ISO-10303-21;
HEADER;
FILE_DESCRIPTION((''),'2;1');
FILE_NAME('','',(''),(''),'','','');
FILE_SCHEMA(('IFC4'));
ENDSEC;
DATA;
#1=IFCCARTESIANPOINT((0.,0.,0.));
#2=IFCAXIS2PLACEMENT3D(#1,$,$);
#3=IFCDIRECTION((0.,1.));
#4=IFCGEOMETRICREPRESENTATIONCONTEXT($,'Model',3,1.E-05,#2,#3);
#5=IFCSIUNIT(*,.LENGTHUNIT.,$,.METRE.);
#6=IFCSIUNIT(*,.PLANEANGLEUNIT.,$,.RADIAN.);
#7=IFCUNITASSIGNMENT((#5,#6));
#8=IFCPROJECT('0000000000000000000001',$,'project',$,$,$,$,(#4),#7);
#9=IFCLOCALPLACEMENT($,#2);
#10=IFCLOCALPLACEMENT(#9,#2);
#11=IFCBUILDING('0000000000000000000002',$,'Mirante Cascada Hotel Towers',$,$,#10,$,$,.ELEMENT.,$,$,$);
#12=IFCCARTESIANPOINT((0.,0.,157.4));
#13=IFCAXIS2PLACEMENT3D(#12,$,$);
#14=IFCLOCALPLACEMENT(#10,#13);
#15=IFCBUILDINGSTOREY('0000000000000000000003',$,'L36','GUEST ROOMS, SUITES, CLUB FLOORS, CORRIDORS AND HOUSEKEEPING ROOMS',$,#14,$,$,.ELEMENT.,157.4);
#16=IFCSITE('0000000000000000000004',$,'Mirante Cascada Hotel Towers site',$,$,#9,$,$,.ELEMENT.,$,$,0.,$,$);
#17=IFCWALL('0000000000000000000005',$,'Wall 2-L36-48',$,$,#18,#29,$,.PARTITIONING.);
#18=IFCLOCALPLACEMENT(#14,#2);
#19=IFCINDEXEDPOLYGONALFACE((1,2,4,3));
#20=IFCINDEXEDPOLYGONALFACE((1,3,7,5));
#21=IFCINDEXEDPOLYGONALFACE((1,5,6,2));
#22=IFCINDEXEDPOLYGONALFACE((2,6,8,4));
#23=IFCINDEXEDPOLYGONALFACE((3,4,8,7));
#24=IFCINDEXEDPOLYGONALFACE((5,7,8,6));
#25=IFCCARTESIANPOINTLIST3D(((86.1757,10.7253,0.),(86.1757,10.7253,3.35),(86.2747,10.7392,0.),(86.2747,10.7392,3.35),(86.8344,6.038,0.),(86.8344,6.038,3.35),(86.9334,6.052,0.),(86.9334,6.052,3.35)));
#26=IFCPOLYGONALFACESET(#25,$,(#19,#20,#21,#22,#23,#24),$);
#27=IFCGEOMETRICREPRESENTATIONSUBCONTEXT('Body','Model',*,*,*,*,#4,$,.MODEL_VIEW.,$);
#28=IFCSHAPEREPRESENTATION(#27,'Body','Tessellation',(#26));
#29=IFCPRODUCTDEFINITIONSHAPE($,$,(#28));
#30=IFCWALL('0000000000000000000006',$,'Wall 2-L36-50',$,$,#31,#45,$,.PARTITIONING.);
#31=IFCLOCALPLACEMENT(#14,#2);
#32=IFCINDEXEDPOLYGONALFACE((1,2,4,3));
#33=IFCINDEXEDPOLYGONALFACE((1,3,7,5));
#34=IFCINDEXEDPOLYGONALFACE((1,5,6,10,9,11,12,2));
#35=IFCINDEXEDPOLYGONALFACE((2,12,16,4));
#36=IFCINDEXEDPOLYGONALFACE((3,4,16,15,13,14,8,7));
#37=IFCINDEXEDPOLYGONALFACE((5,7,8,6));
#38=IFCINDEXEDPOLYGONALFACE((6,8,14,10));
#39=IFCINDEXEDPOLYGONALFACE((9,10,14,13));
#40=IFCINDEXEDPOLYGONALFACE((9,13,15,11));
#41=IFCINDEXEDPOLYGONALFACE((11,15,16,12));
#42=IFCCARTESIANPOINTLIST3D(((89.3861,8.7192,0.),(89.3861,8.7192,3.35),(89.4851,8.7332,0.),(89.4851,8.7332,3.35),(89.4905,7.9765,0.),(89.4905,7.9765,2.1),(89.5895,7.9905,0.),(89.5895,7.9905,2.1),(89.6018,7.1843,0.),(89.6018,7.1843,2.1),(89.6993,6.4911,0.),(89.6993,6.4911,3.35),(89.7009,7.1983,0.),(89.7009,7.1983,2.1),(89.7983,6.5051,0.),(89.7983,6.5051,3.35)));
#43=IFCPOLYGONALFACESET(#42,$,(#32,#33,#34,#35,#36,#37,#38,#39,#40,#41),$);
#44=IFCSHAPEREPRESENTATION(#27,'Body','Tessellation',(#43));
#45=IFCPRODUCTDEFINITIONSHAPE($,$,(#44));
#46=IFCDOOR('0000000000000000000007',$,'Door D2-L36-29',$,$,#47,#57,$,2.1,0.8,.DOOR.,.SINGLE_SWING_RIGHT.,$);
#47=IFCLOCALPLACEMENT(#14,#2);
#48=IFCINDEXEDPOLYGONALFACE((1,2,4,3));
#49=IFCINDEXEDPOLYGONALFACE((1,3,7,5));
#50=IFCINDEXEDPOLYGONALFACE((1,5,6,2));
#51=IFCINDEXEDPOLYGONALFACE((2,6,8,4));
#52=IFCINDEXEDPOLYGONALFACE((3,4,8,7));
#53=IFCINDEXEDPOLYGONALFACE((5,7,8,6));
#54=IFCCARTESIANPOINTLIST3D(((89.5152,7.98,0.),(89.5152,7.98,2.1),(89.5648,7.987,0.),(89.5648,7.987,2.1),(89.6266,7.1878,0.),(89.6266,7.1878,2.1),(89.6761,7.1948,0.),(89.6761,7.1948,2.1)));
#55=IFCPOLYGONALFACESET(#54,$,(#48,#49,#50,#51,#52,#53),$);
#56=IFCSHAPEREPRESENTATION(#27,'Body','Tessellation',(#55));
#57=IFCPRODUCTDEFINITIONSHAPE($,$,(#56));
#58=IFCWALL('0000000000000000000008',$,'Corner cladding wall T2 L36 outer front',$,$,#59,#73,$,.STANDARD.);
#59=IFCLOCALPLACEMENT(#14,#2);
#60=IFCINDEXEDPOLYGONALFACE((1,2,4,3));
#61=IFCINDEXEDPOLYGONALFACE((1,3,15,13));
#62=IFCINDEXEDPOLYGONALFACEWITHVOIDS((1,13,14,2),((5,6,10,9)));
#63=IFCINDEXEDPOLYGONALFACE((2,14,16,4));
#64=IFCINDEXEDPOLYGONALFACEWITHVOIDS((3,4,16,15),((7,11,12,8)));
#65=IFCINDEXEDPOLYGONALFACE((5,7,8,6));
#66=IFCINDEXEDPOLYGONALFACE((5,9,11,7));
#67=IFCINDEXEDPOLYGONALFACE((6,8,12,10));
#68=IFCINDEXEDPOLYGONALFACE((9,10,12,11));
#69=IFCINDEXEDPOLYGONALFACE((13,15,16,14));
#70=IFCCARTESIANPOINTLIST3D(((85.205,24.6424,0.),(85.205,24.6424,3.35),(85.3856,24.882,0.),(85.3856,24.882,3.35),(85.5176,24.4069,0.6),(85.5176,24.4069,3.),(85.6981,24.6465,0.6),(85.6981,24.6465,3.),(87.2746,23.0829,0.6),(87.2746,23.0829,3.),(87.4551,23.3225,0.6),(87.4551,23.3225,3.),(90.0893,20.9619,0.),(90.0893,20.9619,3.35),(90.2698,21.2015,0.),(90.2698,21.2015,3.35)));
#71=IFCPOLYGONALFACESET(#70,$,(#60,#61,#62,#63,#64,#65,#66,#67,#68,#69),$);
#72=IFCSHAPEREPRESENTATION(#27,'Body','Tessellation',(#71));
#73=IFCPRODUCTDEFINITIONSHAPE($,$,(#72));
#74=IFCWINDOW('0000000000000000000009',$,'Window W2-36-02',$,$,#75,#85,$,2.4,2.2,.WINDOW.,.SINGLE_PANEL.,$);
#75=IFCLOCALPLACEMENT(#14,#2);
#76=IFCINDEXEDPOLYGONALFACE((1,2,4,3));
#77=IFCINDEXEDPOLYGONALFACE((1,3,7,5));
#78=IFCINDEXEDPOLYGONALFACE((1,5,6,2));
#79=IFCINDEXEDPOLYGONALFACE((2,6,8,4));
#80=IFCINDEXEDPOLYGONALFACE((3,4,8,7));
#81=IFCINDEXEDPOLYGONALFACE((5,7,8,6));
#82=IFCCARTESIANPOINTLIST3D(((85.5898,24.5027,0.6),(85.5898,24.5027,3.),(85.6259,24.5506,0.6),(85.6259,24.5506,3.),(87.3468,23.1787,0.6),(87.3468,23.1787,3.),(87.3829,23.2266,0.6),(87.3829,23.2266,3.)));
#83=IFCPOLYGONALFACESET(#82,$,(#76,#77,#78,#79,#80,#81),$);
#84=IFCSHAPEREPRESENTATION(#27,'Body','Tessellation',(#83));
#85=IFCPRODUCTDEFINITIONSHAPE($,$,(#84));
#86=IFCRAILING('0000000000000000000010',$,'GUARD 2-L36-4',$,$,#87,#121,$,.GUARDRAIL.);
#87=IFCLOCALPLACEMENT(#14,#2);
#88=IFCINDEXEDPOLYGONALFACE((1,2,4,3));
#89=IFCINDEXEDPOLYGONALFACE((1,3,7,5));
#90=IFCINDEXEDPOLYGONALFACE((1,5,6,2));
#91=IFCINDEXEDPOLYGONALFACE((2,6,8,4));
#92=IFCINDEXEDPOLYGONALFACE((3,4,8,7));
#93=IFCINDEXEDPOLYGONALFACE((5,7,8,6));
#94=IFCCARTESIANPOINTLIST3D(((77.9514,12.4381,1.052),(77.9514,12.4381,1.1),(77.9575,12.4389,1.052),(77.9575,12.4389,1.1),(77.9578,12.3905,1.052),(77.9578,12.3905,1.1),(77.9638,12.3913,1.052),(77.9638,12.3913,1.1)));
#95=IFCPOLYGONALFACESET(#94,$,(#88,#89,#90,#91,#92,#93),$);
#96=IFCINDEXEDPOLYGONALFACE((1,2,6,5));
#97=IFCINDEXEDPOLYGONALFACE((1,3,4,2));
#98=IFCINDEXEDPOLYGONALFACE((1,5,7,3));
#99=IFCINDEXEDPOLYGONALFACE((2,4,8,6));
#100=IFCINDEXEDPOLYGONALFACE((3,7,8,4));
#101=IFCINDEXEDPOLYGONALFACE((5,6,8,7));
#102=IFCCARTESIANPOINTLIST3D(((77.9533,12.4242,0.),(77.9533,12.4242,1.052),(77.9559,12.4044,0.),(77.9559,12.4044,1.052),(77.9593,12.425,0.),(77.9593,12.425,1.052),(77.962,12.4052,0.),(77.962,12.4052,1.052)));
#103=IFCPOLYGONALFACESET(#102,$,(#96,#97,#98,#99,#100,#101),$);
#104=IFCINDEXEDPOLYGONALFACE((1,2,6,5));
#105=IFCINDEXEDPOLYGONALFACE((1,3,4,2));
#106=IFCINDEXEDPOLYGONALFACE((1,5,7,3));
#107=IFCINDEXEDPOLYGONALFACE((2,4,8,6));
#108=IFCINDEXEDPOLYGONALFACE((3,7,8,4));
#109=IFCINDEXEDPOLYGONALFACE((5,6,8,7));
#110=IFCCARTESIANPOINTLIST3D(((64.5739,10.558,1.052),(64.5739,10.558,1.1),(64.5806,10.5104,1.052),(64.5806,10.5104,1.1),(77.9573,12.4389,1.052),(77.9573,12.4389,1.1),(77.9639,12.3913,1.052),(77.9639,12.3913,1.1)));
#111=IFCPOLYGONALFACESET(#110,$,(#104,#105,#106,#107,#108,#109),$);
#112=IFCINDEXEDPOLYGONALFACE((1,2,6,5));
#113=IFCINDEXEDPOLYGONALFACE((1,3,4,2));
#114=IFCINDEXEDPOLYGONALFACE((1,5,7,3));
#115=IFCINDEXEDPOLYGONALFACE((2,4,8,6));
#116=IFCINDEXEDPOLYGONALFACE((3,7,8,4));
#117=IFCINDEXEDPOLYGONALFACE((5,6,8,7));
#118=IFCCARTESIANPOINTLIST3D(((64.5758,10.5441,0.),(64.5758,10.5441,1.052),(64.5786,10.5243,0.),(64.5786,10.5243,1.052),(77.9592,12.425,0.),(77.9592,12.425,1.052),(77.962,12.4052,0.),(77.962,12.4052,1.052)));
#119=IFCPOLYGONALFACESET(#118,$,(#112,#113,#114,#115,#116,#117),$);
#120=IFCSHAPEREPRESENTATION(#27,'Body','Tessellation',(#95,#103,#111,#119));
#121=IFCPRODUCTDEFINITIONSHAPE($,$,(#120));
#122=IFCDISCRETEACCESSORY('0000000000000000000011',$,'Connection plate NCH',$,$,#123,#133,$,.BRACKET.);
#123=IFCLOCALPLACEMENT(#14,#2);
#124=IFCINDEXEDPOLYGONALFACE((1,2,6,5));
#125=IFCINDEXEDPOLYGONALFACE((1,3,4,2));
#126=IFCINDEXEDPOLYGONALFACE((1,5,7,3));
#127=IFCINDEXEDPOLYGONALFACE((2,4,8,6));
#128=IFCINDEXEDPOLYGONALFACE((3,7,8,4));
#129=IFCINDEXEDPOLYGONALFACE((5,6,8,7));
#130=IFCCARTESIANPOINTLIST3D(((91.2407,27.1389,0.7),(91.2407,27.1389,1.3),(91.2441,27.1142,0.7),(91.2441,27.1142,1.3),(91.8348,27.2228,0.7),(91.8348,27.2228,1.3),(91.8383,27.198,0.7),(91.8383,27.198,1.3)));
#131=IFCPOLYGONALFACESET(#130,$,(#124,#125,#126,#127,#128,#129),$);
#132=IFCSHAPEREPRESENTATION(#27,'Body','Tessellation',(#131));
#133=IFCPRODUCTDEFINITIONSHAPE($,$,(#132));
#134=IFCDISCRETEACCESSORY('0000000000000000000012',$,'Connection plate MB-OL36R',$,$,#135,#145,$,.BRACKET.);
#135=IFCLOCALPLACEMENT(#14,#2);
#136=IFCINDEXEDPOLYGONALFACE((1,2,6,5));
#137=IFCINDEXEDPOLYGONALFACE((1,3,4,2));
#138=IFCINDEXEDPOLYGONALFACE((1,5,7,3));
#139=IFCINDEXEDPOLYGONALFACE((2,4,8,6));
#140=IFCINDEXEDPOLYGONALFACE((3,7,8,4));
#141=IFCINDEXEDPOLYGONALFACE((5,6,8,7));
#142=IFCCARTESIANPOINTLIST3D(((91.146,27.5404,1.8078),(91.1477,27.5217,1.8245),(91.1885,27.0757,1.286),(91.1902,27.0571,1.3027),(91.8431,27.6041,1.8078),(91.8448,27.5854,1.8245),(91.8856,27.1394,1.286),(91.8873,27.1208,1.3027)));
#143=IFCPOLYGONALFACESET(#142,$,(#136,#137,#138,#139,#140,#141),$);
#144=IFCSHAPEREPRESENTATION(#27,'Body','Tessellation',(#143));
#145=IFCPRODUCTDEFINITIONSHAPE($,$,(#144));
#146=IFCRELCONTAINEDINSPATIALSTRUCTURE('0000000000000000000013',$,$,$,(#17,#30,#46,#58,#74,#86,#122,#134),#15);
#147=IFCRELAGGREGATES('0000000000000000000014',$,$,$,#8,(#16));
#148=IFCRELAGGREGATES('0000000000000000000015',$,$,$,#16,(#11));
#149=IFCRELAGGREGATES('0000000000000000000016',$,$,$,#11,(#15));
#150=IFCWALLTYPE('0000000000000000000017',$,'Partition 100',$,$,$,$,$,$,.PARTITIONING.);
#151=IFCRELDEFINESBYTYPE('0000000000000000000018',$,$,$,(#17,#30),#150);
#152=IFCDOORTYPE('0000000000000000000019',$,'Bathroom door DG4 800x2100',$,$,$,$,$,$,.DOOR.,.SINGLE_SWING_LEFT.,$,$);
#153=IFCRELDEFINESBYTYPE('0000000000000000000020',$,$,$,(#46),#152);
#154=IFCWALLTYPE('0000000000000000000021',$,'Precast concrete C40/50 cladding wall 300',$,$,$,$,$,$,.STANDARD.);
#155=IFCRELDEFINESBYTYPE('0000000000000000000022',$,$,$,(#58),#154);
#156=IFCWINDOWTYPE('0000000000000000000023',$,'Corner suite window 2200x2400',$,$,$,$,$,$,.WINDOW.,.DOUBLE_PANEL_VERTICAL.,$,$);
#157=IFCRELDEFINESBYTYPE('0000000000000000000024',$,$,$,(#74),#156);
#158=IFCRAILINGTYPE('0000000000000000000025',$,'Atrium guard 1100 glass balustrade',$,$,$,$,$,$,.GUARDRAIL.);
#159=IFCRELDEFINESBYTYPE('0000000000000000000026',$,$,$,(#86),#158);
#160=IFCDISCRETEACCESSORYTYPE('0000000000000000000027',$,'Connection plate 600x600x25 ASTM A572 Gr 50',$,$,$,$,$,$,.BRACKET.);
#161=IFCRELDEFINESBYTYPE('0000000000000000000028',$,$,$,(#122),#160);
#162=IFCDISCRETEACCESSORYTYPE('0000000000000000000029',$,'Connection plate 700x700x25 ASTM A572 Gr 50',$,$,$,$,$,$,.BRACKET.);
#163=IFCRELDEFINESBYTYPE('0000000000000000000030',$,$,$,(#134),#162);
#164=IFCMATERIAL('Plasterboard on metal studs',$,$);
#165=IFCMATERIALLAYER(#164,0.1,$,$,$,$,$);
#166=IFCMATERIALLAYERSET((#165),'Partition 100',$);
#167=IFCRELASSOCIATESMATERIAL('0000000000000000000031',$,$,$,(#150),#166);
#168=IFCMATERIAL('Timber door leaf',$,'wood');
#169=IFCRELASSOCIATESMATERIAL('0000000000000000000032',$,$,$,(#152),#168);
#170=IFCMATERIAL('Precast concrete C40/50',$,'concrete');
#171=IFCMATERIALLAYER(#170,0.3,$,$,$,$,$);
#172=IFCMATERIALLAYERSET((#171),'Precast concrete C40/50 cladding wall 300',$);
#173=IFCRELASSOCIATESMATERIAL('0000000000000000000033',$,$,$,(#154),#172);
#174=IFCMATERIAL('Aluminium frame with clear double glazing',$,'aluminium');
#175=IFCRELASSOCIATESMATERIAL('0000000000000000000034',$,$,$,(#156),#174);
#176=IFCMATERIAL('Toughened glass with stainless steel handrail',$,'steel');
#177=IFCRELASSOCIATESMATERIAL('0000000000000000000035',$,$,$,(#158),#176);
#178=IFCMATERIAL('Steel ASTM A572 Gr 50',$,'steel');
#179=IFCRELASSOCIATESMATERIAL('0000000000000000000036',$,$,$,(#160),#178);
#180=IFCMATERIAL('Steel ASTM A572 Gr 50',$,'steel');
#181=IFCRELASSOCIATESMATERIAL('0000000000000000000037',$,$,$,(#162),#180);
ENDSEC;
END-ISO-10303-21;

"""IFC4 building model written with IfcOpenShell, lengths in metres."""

from ifc_helpers import new_model, si_unit, direction, frame, frame_2d, origin, origin_2d, place, context, subcontext, project, spatial, rectangle, extrude, material, layer, layer_set, material_profile, profile_set, type_object, element, fill, save


model = new_model("IFC4")

# Units and contexts
model_context = context("Model", 3, precision=1e-05, world=origin(), true_north=direction((0.0, 1.0)))
body_context = subcontext(model_context, "Body", "Model", "MODEL_VIEW")
ifc_project = project(units=[si_unit("LENGTHUNIT", "METRE"), si_unit("PLANEANGLEUNIT", "RADIAN")], contexts=[model_context])

# Site, building, storey
site_placement = place(None, origin())
site = spatial("IfcSite", under=ifc_project, at=site_placement, Name="Mirante Cascada Hotel Towers site", CompositionType="ELEMENT", RefElevation=0.0)
building_placement = place(site_placement, origin())
building = spatial("IfcBuilding", under=site, at=building_placement, Name="Mirante Cascada Hotel Towers", CompositionType="ELEMENT")
storey_placement = place(building_placement, frame((0.0, 0.0, 157.4)))
storey = spatial("IfcBuildingStorey", under=building, at=storey_placement, Name="L36", Description="GUEST ROOMS, SUITES, CLUB FLOORS, CORRIDORS AND HOUSEKEEPING ROOMS", CompositionType="ELEMENT", Elevation=157.4)

# Shared definitions
ifc_material_1 = material(Name="Plasterboard on metal studs")
ifc_layer_1 = layer(ifc_material_1, 0.1)
ifc_layer_set_1 = layer_set([ifc_layer_1], Name="Partition 100")
wall_type_1 = type_object("IfcWallType", Name="Partition 100", PredefinedType="PARTITIONING", material=ifc_layer_set_1)

# Wall
wall_1_placement = place(storey_placement, frame((86.2252, 10.7322, 0.0), z_axis=(0.0, 0.0, 1.0), x_axis=(0.139164, -0.990269, 0.0)))
element("IfcWall", 1, at=wall_1_placement, inside=storey, type_object=wall_type_1, Name="Wall 2-L36-48", PredefinedType="PARTITIONING", context=body_context, shape_type="SweptSolid", body=[
    extrude(rectangle(XDim=4.7333, YDim=0.1, at=frame_2d((2.3666, 0.0))), origin(), (0.0, 0.0, 1.0), 3.35),
])

# Wall, opening, door
wall_2_placement = place(storey_placement, frame((89.4356, 8.7262, 0.0), z_axis=(0.0, 0.0, 1.0), x_axis=(0.1392, -0.990264, 0.0)))
wall_2 = element("IfcWall", 2, at=wall_2_placement, inside=storey, type_object=wall_type_1, Name="Wall 2-L36-50", PredefinedType="PARTITIONING", context=body_context, shape_type="SweptSolid", body=[
    extrude(rectangle(XDim=2.25, YDim=0.1, at=frame_2d((1.125, 0.0))), origin(), (0.0, 0.0, 1.0), 3.35),
])
opening_1_placement = place(wall_2_placement, frame((0.75, 0.0, 0.0)))
opening_1 = element("IfcOpeningElement", 3, at=opening_1_placement, cuts=wall_2, PredefinedType="OPENING", context=body_context, shape_type="SweptSolid", body=[
    extrude(rectangle(XDim=0.8, YDim=2.1, at=frame_2d((0.4, 1.05))), frame((0.0, 0.05, 0.0), z_axis=(0.0, -1.0, 0.0), x_axis=(1.0, 0.0, 0.0)), (0.0, 0.0, 1.0), 0.1),
])
ifc_material_2 = material(Name="Timber door leaf", Category="wood")
door_type_1 = type_object("IfcDoorType", Name="Bathroom door DG4 800x2100", OperationType="SINGLE_SWING_LEFT", PredefinedType="DOOR", material=ifc_material_2)
door_1_placement = place(opening_1_placement, frame((0.8, 0.0, 0.0), z_axis=(0.0, 0.0, 1.0), x_axis=(-1.0, 0.0, 0.0)))
door_1 = element("IfcDoor", 4, at=door_1_placement, inside=storey, type_object=door_type_1, Name="Door D2-L36-29", OperationType="SINGLE_SWING_RIGHT", OverallHeight=2.1, OverallWidth=0.8, PredefinedType="DOOR", context=body_context, shape_type="SweptSolid", body=[
    extrude(rectangle(XDim=0.8, YDim=2.1, at=frame_2d((0.4, 1.05))), frame((0.0, 0.025, 0.0), z_axis=(0.0, -1.0, 0.0), x_axis=(1.0, 0.0, 0.0)), (0.0, 0.0, 1.0), 0.05),
])
fill(opening_1, door_1)

# Wall, opening, window
ifc_material_3 = material(Name="Precast concrete C40/50", Category="concrete")
ifc_layer_2 = layer(ifc_material_3, 0.3)
ifc_layer_set_2 = layer_set([ifc_layer_2], Name="Precast concrete C40/50 cladding wall 300")
wall_type_2 = type_object("IfcWallType", Name="Precast concrete C40/50 cladding wall 300", PredefinedType="STANDARD", material=ifc_layer_set_2)
wall_3_placement = place(storey_placement, frame((90.1795, 21.0817, 0.0), z_axis=(0.0, 0.0, 1.0), x_axis=(-0.798636, 0.601814, 0.0)))
wall_3 = element("IfcWall", 5, at=wall_3_placement, inside=storey, type_object=wall_type_2, Name="Corner cladding wall T2 L36 outer front", PredefinedType="STANDARD", context=body_context, shape_type="SweptSolid", body=[
    extrude(rectangle(XDim=6.1157, YDim=0.3, at=frame_2d((3.0578, 0.0))), origin(), (0.0, 0.0, 1.0), 3.35),
])
opening_2_placement = place(wall_3_placement, frame((3.5243, 0.0, 0.6)))
opening_2 = element("IfcOpeningElement", 6, at=opening_2_placement, cuts=wall_3, PredefinedType="OPENING", context=body_context, shape_type="SweptSolid", body=[
    extrude(rectangle(XDim=2.2, YDim=2.4, at=frame_2d((1.1, 1.2))), frame((0.0, 0.15, 0.0), z_axis=(0.0, -1.0, 0.0), x_axis=(1.0, 0.0, 0.0)), (0.0, 0.0, 1.0), 0.3),
])
ifc_material_4 = material(Name="Aluminium frame with clear double glazing", Category="aluminium")
window_type = type_object("IfcWindowType", Name="Corner suite window 2200x2400", PartitioningType="DOUBLE_PANEL_VERTICAL", PredefinedType="WINDOW", material=ifc_material_4)
window_placement = place(opening_2_placement, origin())
window = element("IfcWindow", 7, at=window_placement, inside=storey, type_object=window_type, Name="Window W2-36-02", OverallHeight=2.4, OverallWidth=2.2, PartitioningType="SINGLE_PANEL", PredefinedType="WINDOW", context=body_context, shape_type="SweptSolid", body=[
    extrude(rectangle(XDim=2.2, YDim=2.4, at=frame_2d((1.1, 1.2))), frame((0.0, 0.03, 0.0), z_axis=(0.0, -1.0, 0.0), x_axis=(1.0, 0.0, 0.0)), (0.0, 0.0, 1.0), 0.06),
])
fill(opening_2, window)

# Railing
ifc_material_5 = material(Name="Toughened glass with stainless steel handrail", Category="steel")
railing_type = type_object("IfcRailingType", Name="Atrium guard 1100 glass balustrade", PredefinedType="GUARDRAIL", material=ifc_material_5)
railing_placement = place(storey_placement, frame((77.9546, 12.4143, 0.0)))
element("IfcRailing", 8, at=railing_placement, inside=storey, type_object=railing_type, Name="GUARD 2-L36-4", PredefinedType="GUARDRAIL", context=body_context, shape_type="SweptSolid", body=[
    extrude(rectangle(XDim=0.048, YDim=0.048, at=origin_2d()), frame((0.0, 0.0, 1.076), z_axis=(0.991228, 0.132164, 0.0), x_axis=(-0.132164, 0.991228, 0.0)), (0.0, 0.0, 1.0), 0.0061),
    extrude(rectangle(XDim=0.02, YDim=1.052, at=origin_2d()), frame((0.0, 0.0, 0.526), z_axis=(0.991228, 0.132164, 0.0), x_axis=(-0.132164, 0.991228, 0.0)), (0.0, 0.0, 1.0), 0.0061),
    extrude(rectangle(XDim=0.048, YDim=0.048, at=origin_2d()), frame((0.006, 0.0008, 1.076), z_axis=(-0.990268, -0.139172, 0.0), x_axis=(0.139172, -0.990268, 0.0)), (0.0, 0.0, 1.0), 13.5149),
    extrude(rectangle(XDim=0.02, YDim=1.052, at=origin_2d()), frame((0.006, 0.0008, 0.526), z_axis=(-0.990268, -0.139172, 0.0), x_axis=(0.139172, -0.990268, 0.0)), (0.0, 0.0, 1.0), 13.5149),
])

# Discrete accessories
ifc_material_6 = material(Name="Steel ASTM A572 Gr 50", Category="steel")
ifc_material_profile_1 = material_profile(ifc_material_6, rectangle(XDim=0.6, YDim=0.6, at=origin_2d()), Name="Connection plate 600x600x25 ASTM A572 Gr 50")
ifc_profile_set_1 = profile_set([ifc_material_profile_1], Name="Steel ASTM A572 Gr 50")
discrete_accessory_type_1 = type_object("IfcDiscreteAccessoryType", Name="Connection plate 600x600x25 ASTM A572 Gr 50", PredefinedType="BRACKET", material=ifc_profile_set_1)
discrete_accessory_1_placement = place(storey_placement, frame((91.5412, 27.1561, 1.0), z_axis=(-0.139744, 0.990188, 0.0), x_axis=(-0.990188, -0.139744, 0.0)))
element("IfcDiscreteAccessory", 9, at=discrete_accessory_1_placement, inside=storey, type_object=discrete_accessory_type_1, Name="Connection plate NCH", PredefinedType="BRACKET", context=body_context, shape_type="SweptSolid", body=[
    extrude(rectangle(XDim=0.6, YDim=0.6, at=origin_2d()), origin(), (0.0, 0.0, 1.0), 0.025),
])
ifc_material_7 = material(Name="Steel ASTM A572 Gr 50", Category="steel")
ifc_material_profile_2 = material_profile(ifc_material_7, rectangle(XDim=0.7, YDim=0.7, at=origin_2d()), Name="Connection plate 700x700x25 ASTM A572 Gr 50")
ifc_profile_set_2 = profile_set([ifc_material_profile_2], Name="Steel ASTM A572 Gr 50")
discrete_accessory_type_2 = type_object("IfcDiscreteAccessoryType", Name="Connection plate 700x700x25 ASTM A572 Gr 50", PredefinedType="BRACKET", material=ifc_profile_set_2)
discrete_accessory_2_placement = place(storey_placement, frame((91.5158, 27.3399, 1.5469), z_axis=(0.067851, -0.742375, 0.66654), x_axis=(0.995849, 0.091019, 0.0)))
element("IfcDiscreteAccessory", 10, at=discrete_accessory_2_placement, inside=storey, type_object=discrete_accessory_type_2, Name="Connection plate MB-OL36R", PredefinedType="BRACKET", context=body_context, shape_type="SweptSolid", body=[
    extrude(rectangle(XDim=0.7, YDim=0.7, at=origin_2d()), origin(), (0.0, 0.0, 1.0), 0.0251),
])

save(model, "model.ifc")
